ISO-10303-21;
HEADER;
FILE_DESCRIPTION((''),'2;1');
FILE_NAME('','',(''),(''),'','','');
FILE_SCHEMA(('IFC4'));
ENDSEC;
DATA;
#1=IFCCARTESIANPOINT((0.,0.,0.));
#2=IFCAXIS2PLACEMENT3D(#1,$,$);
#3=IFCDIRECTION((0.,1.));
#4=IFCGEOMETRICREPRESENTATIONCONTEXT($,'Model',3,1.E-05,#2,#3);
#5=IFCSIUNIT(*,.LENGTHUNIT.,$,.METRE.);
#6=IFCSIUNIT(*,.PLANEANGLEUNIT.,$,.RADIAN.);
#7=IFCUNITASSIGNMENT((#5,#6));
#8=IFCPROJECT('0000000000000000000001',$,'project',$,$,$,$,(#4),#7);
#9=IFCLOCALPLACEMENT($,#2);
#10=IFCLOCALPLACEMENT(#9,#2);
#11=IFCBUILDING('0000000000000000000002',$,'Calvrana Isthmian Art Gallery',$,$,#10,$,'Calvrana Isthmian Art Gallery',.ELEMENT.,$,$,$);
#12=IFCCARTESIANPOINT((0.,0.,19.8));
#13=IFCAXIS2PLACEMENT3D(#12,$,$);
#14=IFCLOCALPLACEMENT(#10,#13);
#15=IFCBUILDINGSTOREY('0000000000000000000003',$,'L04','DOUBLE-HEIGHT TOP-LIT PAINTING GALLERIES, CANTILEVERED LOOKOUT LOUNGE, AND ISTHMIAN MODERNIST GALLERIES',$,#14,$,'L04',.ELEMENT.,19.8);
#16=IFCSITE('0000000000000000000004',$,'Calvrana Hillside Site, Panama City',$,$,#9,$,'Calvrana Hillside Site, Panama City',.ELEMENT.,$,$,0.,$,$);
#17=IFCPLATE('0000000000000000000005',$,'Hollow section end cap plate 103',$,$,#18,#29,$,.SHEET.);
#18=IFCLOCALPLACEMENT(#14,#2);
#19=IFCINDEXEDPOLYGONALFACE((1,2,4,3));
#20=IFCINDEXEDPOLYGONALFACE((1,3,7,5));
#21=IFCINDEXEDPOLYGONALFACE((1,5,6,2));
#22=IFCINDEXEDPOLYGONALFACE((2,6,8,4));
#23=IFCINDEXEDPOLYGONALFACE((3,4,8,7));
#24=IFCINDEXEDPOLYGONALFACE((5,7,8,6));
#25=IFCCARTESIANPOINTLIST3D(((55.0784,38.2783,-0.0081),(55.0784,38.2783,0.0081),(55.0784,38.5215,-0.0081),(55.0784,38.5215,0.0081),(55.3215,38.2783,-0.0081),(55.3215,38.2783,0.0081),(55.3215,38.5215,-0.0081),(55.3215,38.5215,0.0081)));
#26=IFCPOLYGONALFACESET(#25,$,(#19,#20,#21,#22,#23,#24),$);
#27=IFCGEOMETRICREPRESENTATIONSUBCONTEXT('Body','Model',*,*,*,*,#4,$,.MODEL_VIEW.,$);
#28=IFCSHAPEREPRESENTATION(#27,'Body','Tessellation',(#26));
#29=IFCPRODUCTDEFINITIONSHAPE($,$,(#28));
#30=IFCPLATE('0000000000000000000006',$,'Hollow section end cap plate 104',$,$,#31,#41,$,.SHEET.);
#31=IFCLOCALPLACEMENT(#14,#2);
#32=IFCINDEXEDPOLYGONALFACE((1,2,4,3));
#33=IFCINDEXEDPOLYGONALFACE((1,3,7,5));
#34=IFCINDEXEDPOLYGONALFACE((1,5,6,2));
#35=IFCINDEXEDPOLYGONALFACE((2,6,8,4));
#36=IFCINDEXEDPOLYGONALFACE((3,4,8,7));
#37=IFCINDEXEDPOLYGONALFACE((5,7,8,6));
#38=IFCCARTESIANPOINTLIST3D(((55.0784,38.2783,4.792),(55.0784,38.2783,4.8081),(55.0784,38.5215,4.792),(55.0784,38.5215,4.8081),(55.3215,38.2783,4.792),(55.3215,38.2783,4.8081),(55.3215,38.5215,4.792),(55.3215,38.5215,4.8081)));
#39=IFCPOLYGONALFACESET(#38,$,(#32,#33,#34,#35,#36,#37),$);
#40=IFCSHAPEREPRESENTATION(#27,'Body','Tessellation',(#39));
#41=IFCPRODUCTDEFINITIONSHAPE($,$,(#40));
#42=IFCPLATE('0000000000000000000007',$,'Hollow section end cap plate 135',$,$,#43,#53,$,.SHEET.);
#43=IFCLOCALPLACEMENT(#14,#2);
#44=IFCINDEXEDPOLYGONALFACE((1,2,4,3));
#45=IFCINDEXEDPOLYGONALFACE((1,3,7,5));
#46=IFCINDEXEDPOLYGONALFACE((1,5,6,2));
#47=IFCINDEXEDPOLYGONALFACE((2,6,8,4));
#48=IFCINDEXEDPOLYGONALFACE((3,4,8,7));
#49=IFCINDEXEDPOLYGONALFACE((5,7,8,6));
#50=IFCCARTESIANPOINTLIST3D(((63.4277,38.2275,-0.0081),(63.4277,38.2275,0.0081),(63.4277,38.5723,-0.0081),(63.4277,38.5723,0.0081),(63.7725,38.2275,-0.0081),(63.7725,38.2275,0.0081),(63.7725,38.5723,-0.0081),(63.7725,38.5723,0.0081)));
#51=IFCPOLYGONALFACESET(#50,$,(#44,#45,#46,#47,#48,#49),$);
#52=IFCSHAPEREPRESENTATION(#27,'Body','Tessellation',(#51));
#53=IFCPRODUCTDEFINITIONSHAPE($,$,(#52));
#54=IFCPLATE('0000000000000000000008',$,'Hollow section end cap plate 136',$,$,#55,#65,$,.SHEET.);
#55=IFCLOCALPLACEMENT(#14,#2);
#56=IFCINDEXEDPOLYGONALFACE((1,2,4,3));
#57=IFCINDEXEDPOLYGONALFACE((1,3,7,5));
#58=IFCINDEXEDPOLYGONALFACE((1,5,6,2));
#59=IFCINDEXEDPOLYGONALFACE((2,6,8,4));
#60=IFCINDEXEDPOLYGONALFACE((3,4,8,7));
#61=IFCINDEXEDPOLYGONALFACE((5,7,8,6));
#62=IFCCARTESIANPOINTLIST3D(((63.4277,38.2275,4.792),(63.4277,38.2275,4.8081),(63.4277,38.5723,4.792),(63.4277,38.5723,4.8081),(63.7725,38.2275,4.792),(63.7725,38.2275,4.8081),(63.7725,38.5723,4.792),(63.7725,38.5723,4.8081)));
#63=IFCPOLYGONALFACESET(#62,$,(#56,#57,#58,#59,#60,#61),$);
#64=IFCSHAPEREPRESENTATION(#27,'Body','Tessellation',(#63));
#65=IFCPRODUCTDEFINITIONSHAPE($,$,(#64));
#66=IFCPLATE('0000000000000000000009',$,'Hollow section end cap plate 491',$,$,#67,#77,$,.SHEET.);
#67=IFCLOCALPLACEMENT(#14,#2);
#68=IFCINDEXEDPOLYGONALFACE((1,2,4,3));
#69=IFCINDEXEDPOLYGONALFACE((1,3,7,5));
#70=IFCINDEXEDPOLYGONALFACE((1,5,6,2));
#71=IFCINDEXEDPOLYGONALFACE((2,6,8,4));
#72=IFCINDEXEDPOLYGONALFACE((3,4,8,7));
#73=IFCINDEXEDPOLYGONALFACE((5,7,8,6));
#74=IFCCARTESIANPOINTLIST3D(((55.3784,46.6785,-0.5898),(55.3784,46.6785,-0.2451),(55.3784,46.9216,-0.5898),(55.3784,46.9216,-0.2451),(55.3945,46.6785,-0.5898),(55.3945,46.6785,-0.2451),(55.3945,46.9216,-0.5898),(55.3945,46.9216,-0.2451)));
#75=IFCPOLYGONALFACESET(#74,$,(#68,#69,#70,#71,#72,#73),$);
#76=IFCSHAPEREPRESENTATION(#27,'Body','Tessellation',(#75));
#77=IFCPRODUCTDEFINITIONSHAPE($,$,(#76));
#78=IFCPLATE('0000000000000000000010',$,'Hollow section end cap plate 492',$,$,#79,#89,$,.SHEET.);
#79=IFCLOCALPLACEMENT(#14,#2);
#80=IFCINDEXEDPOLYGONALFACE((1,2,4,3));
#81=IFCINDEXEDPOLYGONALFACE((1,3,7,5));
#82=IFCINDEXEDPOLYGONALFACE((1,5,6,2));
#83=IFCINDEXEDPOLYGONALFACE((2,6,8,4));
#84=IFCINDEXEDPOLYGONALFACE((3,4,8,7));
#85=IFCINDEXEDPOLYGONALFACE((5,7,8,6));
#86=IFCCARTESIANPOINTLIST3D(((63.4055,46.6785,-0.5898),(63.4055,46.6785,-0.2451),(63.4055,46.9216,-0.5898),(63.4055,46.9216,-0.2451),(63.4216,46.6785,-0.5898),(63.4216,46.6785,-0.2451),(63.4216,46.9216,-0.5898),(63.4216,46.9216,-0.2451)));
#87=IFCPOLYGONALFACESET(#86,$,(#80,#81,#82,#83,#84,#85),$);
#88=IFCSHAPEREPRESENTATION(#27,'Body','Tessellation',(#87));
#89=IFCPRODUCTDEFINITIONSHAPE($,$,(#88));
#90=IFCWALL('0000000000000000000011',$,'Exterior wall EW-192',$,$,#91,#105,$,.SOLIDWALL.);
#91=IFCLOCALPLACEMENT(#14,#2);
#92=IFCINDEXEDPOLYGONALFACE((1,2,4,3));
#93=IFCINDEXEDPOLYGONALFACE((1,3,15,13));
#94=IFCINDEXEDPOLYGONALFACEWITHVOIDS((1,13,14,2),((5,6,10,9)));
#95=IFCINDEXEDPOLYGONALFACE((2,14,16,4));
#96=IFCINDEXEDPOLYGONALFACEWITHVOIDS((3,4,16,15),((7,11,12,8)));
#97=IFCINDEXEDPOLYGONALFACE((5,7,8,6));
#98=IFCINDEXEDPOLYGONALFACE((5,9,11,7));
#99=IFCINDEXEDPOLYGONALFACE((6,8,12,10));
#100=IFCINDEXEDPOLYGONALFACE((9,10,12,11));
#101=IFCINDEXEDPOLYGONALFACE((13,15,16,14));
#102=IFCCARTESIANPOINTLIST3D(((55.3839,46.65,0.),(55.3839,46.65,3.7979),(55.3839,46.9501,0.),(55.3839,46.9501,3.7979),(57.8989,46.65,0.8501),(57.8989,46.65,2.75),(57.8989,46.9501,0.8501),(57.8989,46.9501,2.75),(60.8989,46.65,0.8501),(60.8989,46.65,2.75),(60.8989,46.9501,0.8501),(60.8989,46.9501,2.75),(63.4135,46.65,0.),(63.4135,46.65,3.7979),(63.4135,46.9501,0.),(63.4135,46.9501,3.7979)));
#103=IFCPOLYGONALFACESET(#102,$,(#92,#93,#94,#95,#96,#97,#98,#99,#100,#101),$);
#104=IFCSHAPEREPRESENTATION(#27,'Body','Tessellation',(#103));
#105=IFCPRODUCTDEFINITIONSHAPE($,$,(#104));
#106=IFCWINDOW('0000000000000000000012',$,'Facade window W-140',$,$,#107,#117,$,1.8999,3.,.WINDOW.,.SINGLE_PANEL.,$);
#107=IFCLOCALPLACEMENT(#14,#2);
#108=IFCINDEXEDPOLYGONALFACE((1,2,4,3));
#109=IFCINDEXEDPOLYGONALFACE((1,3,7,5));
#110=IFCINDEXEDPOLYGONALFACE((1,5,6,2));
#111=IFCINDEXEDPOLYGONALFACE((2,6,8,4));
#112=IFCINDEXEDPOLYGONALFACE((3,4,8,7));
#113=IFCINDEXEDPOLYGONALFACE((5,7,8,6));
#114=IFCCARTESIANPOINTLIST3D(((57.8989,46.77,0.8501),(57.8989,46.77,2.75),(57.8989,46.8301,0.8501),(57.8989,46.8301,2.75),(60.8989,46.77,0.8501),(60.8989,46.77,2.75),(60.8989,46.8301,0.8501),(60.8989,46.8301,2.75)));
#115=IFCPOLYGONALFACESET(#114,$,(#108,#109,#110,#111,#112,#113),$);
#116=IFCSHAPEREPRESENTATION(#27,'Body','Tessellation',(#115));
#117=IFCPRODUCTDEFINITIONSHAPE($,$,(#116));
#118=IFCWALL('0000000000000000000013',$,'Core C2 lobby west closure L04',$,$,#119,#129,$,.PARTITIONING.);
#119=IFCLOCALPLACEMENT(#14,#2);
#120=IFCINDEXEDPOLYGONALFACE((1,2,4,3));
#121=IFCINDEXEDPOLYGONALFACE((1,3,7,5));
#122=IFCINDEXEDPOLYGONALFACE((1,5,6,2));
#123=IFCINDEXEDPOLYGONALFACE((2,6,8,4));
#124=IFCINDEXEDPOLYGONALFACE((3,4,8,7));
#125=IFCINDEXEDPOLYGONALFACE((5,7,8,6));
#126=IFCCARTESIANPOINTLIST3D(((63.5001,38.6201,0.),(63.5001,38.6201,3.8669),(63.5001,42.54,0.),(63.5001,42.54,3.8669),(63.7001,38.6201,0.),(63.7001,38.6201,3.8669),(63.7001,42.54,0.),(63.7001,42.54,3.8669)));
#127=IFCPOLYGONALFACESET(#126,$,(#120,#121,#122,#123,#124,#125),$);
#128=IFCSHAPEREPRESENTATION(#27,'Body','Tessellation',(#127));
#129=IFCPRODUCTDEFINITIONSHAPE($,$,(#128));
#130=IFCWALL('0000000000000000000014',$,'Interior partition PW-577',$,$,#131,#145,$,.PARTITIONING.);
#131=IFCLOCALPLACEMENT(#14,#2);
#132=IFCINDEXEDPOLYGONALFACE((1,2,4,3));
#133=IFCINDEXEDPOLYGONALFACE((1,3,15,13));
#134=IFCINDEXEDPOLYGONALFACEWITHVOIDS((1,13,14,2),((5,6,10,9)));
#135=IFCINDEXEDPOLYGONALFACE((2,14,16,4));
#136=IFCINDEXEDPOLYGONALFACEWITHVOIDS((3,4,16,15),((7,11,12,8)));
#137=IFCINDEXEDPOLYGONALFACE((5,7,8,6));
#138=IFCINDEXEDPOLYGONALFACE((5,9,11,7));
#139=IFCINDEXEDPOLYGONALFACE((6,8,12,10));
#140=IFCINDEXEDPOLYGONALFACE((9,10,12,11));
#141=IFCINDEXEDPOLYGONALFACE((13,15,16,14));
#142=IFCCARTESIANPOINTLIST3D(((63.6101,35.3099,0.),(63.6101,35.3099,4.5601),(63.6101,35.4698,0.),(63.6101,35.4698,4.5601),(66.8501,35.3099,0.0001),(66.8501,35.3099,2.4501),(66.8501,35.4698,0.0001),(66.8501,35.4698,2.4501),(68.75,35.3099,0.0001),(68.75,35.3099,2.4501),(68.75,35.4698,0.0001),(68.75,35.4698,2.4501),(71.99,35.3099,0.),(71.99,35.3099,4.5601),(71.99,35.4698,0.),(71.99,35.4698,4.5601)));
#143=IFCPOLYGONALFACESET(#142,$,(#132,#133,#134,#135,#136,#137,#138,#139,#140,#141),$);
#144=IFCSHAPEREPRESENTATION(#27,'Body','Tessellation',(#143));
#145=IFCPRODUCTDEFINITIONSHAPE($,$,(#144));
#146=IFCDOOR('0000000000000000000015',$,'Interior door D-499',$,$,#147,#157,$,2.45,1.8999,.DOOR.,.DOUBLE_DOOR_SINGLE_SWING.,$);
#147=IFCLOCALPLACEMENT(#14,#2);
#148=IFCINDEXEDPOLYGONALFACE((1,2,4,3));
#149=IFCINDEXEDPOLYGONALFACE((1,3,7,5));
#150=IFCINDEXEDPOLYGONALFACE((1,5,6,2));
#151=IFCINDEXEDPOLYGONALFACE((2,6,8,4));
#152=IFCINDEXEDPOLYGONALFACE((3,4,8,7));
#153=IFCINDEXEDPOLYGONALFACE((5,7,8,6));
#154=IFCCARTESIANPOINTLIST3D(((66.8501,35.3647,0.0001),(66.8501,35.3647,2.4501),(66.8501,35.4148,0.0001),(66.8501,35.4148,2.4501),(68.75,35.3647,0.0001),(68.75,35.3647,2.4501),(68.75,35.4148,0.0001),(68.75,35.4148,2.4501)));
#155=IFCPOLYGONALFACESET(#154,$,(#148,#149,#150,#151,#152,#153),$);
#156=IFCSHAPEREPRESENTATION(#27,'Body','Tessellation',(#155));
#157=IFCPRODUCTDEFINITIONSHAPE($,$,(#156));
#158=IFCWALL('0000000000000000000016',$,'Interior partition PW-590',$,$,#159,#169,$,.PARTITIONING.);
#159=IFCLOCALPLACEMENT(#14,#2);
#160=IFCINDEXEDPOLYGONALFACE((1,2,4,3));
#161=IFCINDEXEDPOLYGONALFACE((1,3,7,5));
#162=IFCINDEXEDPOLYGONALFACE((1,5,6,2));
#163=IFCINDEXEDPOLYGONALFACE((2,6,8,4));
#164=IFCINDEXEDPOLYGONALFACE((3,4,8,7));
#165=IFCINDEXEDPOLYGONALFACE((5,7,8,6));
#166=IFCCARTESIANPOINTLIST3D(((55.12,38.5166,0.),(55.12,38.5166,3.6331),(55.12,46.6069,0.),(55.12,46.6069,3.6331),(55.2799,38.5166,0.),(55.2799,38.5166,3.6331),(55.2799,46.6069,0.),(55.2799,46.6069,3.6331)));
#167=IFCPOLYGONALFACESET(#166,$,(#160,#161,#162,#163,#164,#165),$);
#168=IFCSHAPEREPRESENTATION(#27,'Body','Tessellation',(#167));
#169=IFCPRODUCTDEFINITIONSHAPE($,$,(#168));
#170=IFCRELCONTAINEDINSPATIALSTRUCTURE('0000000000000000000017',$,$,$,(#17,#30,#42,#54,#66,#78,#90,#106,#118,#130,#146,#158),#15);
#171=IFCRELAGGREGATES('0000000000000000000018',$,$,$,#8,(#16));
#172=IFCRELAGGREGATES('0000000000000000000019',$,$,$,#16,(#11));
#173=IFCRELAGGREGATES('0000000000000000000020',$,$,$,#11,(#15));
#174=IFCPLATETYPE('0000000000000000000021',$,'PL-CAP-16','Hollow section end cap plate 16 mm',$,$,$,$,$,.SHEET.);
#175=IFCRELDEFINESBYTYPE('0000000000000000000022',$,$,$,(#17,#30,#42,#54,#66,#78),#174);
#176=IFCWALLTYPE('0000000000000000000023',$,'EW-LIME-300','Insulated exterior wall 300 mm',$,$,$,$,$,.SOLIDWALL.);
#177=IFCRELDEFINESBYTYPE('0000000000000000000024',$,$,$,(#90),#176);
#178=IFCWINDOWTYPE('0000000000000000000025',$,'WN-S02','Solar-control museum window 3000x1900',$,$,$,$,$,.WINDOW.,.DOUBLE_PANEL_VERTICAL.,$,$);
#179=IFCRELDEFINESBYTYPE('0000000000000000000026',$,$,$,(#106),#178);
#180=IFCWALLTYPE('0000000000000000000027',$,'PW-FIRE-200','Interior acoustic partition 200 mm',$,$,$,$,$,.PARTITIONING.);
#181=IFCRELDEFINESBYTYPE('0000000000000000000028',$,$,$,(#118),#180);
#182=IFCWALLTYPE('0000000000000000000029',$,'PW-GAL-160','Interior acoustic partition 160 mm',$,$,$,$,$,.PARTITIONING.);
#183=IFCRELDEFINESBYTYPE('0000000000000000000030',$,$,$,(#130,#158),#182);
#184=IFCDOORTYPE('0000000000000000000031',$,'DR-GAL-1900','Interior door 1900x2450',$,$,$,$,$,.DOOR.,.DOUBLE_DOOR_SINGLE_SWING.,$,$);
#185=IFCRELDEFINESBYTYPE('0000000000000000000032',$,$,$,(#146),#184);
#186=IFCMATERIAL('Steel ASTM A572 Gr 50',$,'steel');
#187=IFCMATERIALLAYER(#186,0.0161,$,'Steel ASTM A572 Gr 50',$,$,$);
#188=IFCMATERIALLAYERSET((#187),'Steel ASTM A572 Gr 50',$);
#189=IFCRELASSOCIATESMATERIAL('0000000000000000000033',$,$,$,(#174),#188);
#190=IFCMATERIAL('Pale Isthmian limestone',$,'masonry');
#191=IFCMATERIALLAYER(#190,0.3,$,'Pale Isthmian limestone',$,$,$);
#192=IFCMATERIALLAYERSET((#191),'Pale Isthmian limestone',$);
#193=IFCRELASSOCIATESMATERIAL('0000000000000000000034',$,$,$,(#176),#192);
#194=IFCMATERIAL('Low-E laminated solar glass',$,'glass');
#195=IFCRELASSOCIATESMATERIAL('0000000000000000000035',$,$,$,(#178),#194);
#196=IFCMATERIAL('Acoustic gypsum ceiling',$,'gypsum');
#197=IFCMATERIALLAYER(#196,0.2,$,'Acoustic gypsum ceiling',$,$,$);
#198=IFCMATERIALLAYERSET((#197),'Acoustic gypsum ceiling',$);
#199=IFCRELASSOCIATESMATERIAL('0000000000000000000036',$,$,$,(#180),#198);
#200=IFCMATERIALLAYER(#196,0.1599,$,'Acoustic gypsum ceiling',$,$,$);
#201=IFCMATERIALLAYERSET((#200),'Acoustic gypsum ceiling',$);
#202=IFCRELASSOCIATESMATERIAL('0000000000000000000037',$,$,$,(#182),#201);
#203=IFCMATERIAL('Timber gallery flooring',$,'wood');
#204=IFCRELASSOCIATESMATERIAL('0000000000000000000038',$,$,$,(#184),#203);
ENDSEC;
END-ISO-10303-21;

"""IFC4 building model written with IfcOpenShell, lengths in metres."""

from ifc_helpers import new_model, si_unit, direction, frame, frame_2d, origin, origin_2d, place, context, subcontext, project, spatial, rectangle, extrude, material, layer, layer_set, type_object, element, fill, save


model = new_model("IFC4")

# Units and contexts
model_context = context("Model", 3, precision=1e-05, world=origin(), true_north=direction((0.0, 1.0)))
body_context = subcontext(model_context, "Body", "Model", "MODEL_VIEW")
ifc_project = project(units=[si_unit("LENGTHUNIT", "METRE"), si_unit("PLANEANGLEUNIT", "RADIAN")], contexts=[model_context])

# Site, building, storey
site_placement = place(None, origin())
site = spatial("IfcSite", under=ifc_project, at=site_placement, Name="Calvrana Hillside Site, Panama City", LongName="Calvrana Hillside Site, Panama City", CompositionType="ELEMENT", RefElevation=0.0)
building_placement = place(site_placement, origin())
building = spatial("IfcBuilding", under=site, at=building_placement, Name="Calvrana Isthmian Art Gallery", LongName="Calvrana Isthmian Art Gallery", CompositionType="ELEMENT")
storey_placement = place(building_placement, frame((0.0, 0.0, 19.8)))
storey = spatial("IfcBuildingStorey", under=building, at=storey_placement, Name="L04", Description="DOUBLE-HEIGHT TOP-LIT PAINTING GALLERIES, CANTILEVERED LOOKOUT LOUNGE, AND ISTHMIAN MODERNIST GALLERIES", LongName="L04", CompositionType="ELEMENT", Elevation=19.8)

# Plates
ifc_material_1 = material(Name="Steel ASTM A572 Gr 50", Category="steel")
ifc_layer_1 = layer(ifc_material_1, 0.0161, Name="Steel ASTM A572 Gr 50")
ifc_layer_set_1 = layer_set([ifc_layer_1], Name="Steel ASTM A572 Gr 50")
plate_type = type_object("IfcPlateType", Name="PL-CAP-16", Description="Hollow section end cap plate 16 mm", PredefinedType="SHEET", material=ifc_layer_set_1)
for number, where, z_axis, x_axis, name in (
    (1, (55.2, 38.3999, -0.0081), (0.0, 0.0, 1.0), (1.0, 0.0, 0.0), "Hollow section end cap plate 103"),
    (2, (55.2, 38.3999, 4.792), (0.0, 0.0, 1.0), (1.0, 0.0, 0.0), "Hollow section end cap plate 104"),
):
    element("IfcPlate", number, at=place(storey_placement, frame(where, z_axis=z_axis, x_axis=x_axis)), inside=storey, type_object=plate_type, Name=name, PredefinedType="SHEET", context=body_context, shape_type="SweptSolid", body=[
        extrude(rectangle(XDim=0.2432, YDim=0.2432, at=origin_2d()), origin(), (0.0, 0.0, 1.0), 0.0161),
    ])
for number, where, z_axis, x_axis, name in (
    (3, (63.6001, 38.3999, -0.0081), (0.0, 0.0, 1.0), (1.0, 0.0, 0.0), "Hollow section end cap plate 135"),
    (4, (63.6001, 38.3999, 4.792), (0.0, 0.0, 1.0), (1.0, 0.0, 0.0), "Hollow section end cap plate 136"),
):
    element("IfcPlate", number, at=place(storey_placement, frame(where, z_axis=z_axis, x_axis=x_axis)), inside=storey, type_object=plate_type, Name=name, PredefinedType="SHEET", context=body_context, shape_type="SweptSolid", body=[
        extrude(rectangle(XDim=0.3447, YDim=0.3447, at=origin_2d()), origin(), (0.0, 0.0, 1.0), 0.0161),
    ])
for number, where, z_axis, x_axis, name in (
    (5, (55.3865, 46.8, -0.5898), (0.0, 0.0, 1.0), (1.0, 0.0, 0.0), "Hollow section end cap plate 491"),
    (6, (63.4136, 46.8, -0.5898), (0.0, 0.0, 1.0), (1.0, 0.0, 0.0), "Hollow section end cap plate 492"),
):
    element("IfcPlate", number, at=place(storey_placement, frame(where, z_axis=z_axis, x_axis=x_axis)), inside=storey, type_object=plate_type, Name=name, PredefinedType="SHEET", context=body_context, shape_type="SweptSolid", body=[
        extrude(rectangle(XDim=0.0161, YDim=0.2432, at=origin_2d()), origin(), (0.0, 0.0, 1.0), 0.3447),
    ])

# Wall, opening, window
ifc_material_2 = material(Name="Pale Isthmian limestone", Category="masonry")
ifc_layer_2 = layer(ifc_material_2, 0.3, Name="Pale Isthmian limestone")
ifc_layer_set_2 = layer_set([ifc_layer_2], Name="Pale Isthmian limestone")
wall_type_1 = type_object("IfcWallType", Name="EW-LIME-300", Description="Insulated exterior wall 300 mm", PredefinedType="SOLIDWALL", material=ifc_layer_set_2)
wall_1_placement = place(storey_placement, frame((55.384, 46.8, 0.0), z_axis=(0.0, 0.0, 1.0), x_axis=(1.0, 0.0, 0.0)))
wall_1 = element("IfcWall", 7, at=wall_1_placement, inside=storey, type_object=wall_type_1, Name="Exterior wall EW-192", PredefinedType="SOLIDWALL", context=body_context, shape_type="SweptSolid", body=[
    extrude(rectangle(XDim=8.0295, YDim=0.3, at=frame_2d((4.0146, 0.0))), origin(), (0.0, 0.0, 1.0), 3.7979),
])
opening_1_placement = place(wall_1_placement, frame((2.5149, 0.0, 0.8501)))
opening_1 = element("IfcOpeningElement", 8, at=opening_1_placement, cuts=wall_1, PredefinedType="OPENING", context=body_context, shape_type="SweptSolid", body=[
    extrude(rectangle(XDim=3.0, YDim=1.8999, at=frame_2d((1.5, 0.95))), frame((0.0, 0.1602, 0.0), z_axis=(0.0, -1.0, 0.0), x_axis=(1.0, 0.0, 0.0)), (0.0, 0.0, 1.0), 0.3206),
])
ifc_material_3 = material(Name="Low-E laminated solar glass", Category="glass")
window_type = type_object("IfcWindowType", Name="WN-S02", Description="Solar-control museum window 3000x1900", PartitioningType="DOUBLE_PANEL_VERTICAL", PredefinedType="WINDOW", material=ifc_material_3)
window_placement = place(opening_1_placement, origin())
window = element("IfcWindow", 9, at=window_placement, inside=storey, type_object=window_type, Name="Facade window W-140", OverallHeight=1.8999, OverallWidth=3.0, PartitioningType="SINGLE_PANEL", PredefinedType="WINDOW", context=body_context, shape_type="SweptSolid", body=[
    extrude(rectangle(XDim=3.0, YDim=1.8999, at=frame_2d((1.5, 0.95))), frame((0.0, 0.03, 0.0), z_axis=(0.0, -1.0, 0.0), x_axis=(1.0, 0.0, 0.0)), (0.0, 0.0, 1.0), 0.0601),
])
fill(opening_1, window)

# Wall
ifc_material_4 = material(Name="Acoustic gypsum ceiling", Category="gypsum")
ifc_layer_3 = layer(ifc_material_4, 0.2, Name="Acoustic gypsum ceiling")
ifc_layer_set_3 = layer_set([ifc_layer_3], Name="Acoustic gypsum ceiling")
wall_type_2 = type_object("IfcWallType", Name="PW-FIRE-200", Description="Interior acoustic partition 200 mm", PredefinedType="PARTITIONING", material=ifc_layer_set_3)
wall_2_placement = place(storey_placement, frame((63.6001, 38.6201, 0.0), z_axis=(0.0, 0.0, 1.0), x_axis=(0.0, 1.0, 0.0)))
element("IfcWall", 10, at=wall_2_placement, inside=storey, type_object=wall_type_2, Name="Core C2 lobby west closure L04", PredefinedType="PARTITIONING", context=body_context, shape_type="SweptSolid", body=[
    extrude(rectangle(XDim=3.9199, YDim=0.2, at=frame_2d((1.96, 0.0))), origin(), (0.0, 0.0, 1.0), 3.8669),
])

# Wall, opening, door
ifc_layer_4 = layer(ifc_material_4, 0.1599, Name="Acoustic gypsum ceiling")
ifc_layer_set_4 = layer_set([ifc_layer_4], Name="Acoustic gypsum ceiling")
wall_type_3 = type_object("IfcWallType", Name="PW-GAL-160", Description="Interior acoustic partition 160 mm", PredefinedType="PARTITIONING", material=ifc_layer_set_4)
wall_3_placement = place(storey_placement, frame((63.6101, 35.3899, 0.0), z_axis=(0.0, 0.0, 1.0), x_axis=(1.0, 0.0, 0.0)))
wall_3 = element("IfcWall", 11, at=wall_3_placement, inside=storey, type_object=wall_type_3, Name="Interior partition PW-577", PredefinedType="PARTITIONING", context=body_context, shape_type="SweptSolid", body=[
    extrude(rectangle(XDim=8.3799, YDim=0.1599, at=frame_2d((4.1899, 0.0))), origin(), (0.0, 0.0, 1.0), 4.5601),
])
opening_2_placement = place(wall_3_placement, frame((3.24, 0.0, 0.0)))
opening_2 = element("IfcOpeningElement", 12, at=opening_2_placement, cuts=wall_3, PredefinedType="OPENING", context=body_context, shape_type="SweptSolid", body=[
    extrude(rectangle(XDim=1.8999, YDim=2.45, at=frame_2d((0.95, 1.2251))), frame((0.0, 0.0903, 0.0), z_axis=(0.0, -1.0, 0.0), x_axis=(1.0, 0.0, 0.0)), (0.0, 0.0, 1.0), 0.1804),
])
ifc_material_5 = material(Name="Timber gallery flooring", Category="wood")
door_type_1 = type_object("IfcDoorType", Name="DR-GAL-1900", Description="Interior door 1900x2450", OperationType="DOUBLE_DOOR_SINGLE_SWING", PredefinedType="DOOR", material=ifc_material_5)
door_1_placement = place(opening_2_placement, origin())
door_1 = element("IfcDoor", 13, at=door_1_placement, inside=storey, type_object=door_type_1, Name="Interior door D-499", OperationType="DOUBLE_DOOR_SINGLE_SWING", OverallHeight=2.45, OverallWidth=1.8999, PredefinedType="DOOR", context=body_context, shape_type="SweptSolid", body=[
    extrude(rectangle(XDim=1.8999, YDim=2.45, at=frame_2d((0.95, 1.2251))), frame((0.0, 0.0249, 0.0), z_axis=(0.0, -1.0, 0.0), x_axis=(1.0, 0.0, 0.0)), (0.0, 0.0, 1.0), 0.05),
])
fill(opening_2, door_1)

# Wall
wall_4_placement = place(storey_placement, frame((55.2, 38.5166, 0.0), z_axis=(0.0, 0.0, 1.0), x_axis=(0.0, 1.0, 0.0)))
element("IfcWall", 14, at=wall_4_placement, inside=storey, type_object=wall_type_3, Name="Interior partition PW-590", PredefinedType="PARTITIONING", context=body_context, shape_type="SweptSolid", body=[
    extrude(rectangle(XDim=8.0903, YDim=0.1599, at=frame_2d((4.0452, 0.0))), origin(), (0.0, 0.0, 1.0), 3.6331),
])

save(model, "model.ifc")
